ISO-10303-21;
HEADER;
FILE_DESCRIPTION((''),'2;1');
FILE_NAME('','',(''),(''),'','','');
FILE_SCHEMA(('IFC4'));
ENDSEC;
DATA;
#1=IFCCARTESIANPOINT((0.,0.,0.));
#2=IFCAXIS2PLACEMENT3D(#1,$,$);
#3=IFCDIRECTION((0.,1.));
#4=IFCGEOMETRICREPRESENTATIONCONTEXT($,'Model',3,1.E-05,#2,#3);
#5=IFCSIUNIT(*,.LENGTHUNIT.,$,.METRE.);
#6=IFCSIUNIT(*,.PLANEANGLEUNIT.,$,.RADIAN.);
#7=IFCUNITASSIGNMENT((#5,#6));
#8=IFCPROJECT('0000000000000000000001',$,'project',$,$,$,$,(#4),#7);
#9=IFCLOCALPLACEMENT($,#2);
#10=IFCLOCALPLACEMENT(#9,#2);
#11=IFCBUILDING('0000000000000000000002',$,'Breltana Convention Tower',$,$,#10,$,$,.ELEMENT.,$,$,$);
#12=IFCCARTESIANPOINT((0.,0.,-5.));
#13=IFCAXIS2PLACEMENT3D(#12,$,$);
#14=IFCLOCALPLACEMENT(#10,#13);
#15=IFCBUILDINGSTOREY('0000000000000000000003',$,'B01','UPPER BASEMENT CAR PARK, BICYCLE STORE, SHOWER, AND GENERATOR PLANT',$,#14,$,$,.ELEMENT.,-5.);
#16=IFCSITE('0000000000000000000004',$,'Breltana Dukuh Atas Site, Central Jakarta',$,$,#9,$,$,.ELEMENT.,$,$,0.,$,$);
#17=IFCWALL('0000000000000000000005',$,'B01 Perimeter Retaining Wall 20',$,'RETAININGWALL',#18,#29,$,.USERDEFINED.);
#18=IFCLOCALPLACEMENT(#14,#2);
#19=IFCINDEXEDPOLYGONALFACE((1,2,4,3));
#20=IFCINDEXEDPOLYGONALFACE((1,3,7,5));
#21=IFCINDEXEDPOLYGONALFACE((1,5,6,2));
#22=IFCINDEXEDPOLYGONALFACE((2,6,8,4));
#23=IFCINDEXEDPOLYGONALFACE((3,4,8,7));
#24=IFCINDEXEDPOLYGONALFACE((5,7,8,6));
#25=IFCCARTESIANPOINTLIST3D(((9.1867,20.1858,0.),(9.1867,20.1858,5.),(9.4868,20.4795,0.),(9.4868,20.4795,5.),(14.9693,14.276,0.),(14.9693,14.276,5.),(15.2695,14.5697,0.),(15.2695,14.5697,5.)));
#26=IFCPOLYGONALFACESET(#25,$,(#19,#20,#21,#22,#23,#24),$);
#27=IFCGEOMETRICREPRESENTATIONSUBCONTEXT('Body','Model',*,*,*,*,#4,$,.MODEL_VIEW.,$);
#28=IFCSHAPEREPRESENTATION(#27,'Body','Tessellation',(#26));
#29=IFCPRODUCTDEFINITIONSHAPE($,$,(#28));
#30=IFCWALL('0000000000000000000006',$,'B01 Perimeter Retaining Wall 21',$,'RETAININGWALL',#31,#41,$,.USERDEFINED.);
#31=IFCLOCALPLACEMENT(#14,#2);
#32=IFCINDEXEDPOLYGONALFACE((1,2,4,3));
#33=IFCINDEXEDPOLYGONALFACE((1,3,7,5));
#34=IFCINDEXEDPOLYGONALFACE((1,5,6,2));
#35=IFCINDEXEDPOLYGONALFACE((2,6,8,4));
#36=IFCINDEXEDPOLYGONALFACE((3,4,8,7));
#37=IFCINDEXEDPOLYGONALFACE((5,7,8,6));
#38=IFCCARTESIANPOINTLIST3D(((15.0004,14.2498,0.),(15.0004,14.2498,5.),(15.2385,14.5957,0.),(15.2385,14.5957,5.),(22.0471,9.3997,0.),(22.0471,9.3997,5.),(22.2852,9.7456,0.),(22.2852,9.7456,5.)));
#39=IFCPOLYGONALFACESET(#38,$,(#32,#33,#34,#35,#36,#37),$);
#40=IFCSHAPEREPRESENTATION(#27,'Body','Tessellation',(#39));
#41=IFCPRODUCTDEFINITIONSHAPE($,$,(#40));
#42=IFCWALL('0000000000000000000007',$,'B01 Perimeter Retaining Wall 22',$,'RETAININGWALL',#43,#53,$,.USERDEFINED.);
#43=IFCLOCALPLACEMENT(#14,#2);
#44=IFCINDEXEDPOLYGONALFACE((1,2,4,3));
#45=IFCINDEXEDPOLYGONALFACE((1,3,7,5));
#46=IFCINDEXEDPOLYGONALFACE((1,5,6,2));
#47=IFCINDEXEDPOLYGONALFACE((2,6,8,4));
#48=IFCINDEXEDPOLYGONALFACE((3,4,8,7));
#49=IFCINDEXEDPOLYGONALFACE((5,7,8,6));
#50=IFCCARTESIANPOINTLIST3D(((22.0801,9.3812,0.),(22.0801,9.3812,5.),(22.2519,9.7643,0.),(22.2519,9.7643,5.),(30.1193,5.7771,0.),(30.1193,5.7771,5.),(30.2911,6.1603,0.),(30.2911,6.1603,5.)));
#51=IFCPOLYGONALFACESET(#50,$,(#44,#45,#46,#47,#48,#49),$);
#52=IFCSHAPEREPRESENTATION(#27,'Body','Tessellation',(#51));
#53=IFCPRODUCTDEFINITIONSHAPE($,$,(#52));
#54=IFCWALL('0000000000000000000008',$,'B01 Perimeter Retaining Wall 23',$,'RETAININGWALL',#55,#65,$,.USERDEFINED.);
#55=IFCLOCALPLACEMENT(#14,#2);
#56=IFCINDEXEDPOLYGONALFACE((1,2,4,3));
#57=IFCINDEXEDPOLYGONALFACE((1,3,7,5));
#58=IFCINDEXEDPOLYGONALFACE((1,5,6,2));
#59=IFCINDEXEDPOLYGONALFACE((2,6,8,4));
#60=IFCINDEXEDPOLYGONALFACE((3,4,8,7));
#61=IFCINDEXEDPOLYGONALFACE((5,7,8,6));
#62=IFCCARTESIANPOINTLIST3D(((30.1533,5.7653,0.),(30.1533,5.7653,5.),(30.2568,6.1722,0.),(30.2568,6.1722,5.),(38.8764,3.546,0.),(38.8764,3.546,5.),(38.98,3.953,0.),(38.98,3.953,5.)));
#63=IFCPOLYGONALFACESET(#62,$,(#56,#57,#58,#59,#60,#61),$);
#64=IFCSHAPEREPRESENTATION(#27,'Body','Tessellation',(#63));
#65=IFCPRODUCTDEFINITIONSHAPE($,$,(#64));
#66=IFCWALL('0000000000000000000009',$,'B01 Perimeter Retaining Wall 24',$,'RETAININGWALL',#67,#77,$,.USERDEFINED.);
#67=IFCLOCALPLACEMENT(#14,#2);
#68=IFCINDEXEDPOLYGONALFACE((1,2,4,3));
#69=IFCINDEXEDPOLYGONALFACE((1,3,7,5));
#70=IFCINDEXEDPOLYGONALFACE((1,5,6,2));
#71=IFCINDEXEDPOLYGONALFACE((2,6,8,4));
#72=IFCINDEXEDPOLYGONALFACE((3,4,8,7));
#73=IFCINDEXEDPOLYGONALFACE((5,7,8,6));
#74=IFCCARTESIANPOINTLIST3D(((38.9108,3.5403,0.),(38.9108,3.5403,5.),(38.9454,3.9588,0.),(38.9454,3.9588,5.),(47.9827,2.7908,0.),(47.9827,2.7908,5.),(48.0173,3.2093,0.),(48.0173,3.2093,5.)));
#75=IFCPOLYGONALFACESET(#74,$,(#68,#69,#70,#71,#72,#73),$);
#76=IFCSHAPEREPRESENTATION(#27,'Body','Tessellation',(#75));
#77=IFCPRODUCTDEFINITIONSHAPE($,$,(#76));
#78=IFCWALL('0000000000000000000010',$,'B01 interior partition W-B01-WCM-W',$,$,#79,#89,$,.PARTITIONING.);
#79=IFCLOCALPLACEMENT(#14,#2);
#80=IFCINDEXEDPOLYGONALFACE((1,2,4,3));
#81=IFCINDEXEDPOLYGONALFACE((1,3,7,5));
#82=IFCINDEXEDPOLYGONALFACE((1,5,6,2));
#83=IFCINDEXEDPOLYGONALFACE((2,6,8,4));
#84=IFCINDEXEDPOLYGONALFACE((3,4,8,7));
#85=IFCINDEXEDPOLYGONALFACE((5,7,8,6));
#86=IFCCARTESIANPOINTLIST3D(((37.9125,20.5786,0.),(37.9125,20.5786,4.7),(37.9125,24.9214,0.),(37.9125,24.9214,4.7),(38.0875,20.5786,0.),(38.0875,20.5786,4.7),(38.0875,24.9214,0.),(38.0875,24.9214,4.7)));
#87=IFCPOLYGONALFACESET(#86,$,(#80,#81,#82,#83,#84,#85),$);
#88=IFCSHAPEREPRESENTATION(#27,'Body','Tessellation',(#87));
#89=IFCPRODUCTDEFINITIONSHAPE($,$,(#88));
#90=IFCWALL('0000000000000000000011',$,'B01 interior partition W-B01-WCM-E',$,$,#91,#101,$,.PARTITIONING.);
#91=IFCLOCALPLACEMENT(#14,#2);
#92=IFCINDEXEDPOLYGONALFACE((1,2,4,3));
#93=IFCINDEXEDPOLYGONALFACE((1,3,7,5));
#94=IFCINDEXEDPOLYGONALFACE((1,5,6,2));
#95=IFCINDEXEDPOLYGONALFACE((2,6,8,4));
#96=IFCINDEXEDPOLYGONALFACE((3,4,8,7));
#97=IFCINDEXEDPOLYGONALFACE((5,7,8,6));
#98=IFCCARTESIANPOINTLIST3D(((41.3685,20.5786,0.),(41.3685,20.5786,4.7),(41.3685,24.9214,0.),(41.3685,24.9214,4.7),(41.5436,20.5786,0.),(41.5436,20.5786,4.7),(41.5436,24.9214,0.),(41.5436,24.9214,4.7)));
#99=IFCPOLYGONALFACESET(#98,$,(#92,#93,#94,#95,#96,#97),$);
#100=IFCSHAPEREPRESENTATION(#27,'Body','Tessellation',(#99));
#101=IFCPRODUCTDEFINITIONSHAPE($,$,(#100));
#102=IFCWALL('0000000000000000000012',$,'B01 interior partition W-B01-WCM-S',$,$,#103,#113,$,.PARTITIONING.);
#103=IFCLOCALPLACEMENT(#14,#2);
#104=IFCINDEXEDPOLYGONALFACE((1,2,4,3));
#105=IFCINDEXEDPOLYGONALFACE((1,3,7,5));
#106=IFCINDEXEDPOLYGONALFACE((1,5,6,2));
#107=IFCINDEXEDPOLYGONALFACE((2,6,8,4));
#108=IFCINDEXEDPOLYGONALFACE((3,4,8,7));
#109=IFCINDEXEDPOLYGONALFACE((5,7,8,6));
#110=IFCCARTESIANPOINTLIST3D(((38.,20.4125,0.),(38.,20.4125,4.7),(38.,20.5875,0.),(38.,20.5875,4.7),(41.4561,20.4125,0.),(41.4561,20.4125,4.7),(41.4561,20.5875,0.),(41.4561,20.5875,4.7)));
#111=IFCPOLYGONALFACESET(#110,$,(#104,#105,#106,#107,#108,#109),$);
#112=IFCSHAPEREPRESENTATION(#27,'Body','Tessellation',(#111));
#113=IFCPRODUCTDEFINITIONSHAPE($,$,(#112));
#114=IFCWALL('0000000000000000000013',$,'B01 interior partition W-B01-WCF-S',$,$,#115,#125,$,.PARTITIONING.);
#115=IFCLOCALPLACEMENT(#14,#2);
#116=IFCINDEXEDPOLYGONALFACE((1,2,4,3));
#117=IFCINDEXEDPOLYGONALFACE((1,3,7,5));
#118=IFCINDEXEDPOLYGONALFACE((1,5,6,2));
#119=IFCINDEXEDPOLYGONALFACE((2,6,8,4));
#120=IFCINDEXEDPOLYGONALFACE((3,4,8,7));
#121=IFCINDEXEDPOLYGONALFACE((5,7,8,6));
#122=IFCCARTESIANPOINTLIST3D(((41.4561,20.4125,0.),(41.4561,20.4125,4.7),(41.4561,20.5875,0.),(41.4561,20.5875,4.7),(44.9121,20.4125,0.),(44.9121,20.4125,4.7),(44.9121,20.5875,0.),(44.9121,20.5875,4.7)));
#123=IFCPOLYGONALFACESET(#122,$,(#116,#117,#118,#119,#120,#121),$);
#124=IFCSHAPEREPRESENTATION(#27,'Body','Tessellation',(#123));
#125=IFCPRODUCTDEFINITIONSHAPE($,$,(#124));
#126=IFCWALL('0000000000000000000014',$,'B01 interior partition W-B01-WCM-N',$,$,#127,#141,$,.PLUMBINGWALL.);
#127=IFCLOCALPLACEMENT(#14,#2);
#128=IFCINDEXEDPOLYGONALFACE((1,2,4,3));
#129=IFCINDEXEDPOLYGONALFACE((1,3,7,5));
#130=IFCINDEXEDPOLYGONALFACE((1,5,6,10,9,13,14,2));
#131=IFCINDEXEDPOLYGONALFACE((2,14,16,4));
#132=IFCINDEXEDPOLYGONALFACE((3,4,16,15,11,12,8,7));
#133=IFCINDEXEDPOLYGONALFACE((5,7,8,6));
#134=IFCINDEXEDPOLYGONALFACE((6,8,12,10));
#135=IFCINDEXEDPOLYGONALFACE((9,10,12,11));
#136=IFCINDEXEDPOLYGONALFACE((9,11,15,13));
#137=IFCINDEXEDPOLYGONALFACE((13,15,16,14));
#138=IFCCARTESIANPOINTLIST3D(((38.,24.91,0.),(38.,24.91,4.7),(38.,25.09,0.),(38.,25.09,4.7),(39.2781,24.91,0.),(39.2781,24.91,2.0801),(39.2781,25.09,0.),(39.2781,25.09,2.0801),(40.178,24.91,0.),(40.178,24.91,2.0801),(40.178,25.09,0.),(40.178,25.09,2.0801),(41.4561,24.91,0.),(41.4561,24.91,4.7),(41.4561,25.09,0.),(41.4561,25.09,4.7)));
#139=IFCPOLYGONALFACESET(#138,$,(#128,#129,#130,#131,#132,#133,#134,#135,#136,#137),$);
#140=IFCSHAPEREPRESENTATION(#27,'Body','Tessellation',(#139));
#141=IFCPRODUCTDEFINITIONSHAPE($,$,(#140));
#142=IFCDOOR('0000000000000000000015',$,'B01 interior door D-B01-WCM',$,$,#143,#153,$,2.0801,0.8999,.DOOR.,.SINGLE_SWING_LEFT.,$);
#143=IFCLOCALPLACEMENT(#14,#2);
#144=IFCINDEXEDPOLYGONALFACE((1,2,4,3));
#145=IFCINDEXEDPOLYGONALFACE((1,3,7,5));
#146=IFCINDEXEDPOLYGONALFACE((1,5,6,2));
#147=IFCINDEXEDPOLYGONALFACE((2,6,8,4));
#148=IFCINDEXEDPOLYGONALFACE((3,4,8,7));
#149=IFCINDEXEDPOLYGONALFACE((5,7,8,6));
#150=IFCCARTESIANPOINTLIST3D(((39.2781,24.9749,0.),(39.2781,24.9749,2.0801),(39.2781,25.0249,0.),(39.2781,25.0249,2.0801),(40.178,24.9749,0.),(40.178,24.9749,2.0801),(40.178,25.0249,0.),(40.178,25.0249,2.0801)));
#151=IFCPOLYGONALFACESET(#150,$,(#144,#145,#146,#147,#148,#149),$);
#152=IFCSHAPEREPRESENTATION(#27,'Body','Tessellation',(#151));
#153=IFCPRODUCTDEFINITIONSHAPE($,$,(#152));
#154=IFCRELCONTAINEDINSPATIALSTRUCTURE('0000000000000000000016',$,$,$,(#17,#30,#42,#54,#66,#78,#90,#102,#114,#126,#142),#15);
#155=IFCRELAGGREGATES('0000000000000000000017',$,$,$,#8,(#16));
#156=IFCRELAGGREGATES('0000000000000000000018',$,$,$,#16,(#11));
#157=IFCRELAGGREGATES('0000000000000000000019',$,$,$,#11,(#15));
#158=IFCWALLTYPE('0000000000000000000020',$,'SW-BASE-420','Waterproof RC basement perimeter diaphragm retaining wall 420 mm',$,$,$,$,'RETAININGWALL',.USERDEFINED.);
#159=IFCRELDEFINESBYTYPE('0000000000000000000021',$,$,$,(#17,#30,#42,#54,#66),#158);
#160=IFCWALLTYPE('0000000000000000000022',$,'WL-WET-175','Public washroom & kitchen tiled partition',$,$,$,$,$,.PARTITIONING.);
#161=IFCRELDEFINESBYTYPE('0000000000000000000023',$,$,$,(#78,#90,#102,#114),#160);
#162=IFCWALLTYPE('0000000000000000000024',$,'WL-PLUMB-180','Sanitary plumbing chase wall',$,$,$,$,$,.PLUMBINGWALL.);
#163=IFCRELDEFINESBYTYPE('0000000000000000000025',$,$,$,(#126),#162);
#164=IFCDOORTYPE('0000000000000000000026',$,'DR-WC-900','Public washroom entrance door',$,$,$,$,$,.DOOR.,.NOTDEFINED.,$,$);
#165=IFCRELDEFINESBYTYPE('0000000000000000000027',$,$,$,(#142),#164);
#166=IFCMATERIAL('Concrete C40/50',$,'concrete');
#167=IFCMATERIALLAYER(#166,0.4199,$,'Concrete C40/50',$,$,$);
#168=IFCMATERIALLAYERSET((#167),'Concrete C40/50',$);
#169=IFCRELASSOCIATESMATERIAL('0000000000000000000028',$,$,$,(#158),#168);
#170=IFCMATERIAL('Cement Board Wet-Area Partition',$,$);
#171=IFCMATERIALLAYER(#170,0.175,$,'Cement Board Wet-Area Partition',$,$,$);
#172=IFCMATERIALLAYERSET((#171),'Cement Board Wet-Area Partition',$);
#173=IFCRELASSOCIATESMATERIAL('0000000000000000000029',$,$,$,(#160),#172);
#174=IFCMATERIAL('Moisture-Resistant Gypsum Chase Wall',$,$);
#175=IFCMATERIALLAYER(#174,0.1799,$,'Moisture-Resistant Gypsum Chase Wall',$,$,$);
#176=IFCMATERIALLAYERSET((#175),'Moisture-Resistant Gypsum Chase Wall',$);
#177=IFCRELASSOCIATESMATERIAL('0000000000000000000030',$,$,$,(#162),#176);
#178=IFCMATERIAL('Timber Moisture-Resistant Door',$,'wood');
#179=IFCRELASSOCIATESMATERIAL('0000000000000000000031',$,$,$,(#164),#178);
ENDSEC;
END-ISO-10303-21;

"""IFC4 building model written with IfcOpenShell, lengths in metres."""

from ifc_helpers import new_model, si_unit, direction, frame, frame_2d, origin, place, context, subcontext, project, spatial, rectangle, extrude, source, transform, mapped, material, layer, layer_set, type_object, type_shapes, element, fill, save


model = new_model("IFC4")

# Units and contexts
model_context = context("Model", 3, precision=1e-05, world=origin(), true_north=direction((0.0, 1.0)))
body_context = subcontext(model_context, "Body", "Model", "MODEL_VIEW")
ifc_project = project(units=[si_unit("LENGTHUNIT", "METRE"), si_unit("PLANEANGLEUNIT", "RADIAN")], contexts=[model_context])

# Site, building, storey
site_placement = place(None, origin())
site = spatial("IfcSite", under=ifc_project, at=site_placement, Name="Breltana Dukuh Atas Site, Central Jakarta", CompositionType="ELEMENT", RefElevation=0.0)
building_placement = place(site_placement, origin())
building = spatial("IfcBuilding", under=site, at=building_placement, Name="Breltana Convention Tower", CompositionType="ELEMENT")
storey_placement = place(building_placement, frame((0.0, 0.0, -5.0)))
storey = spatial("IfcBuildingStorey", under=building, at=storey_placement, Name="B01", Description="UPPER BASEMENT CAR PARK, BICYCLE STORE, SHOWER, AND GENERATOR PLANT", CompositionType="ELEMENT", Elevation=-5.0)

# Shared definitions
ifc_material_1 = material(Name="Concrete C40/50", Category="concrete")

# Walls
ifc_layer_1 = layer(ifc_material_1, 0.4199, Name="Concrete C40/50")
ifc_layer_set_1 = layer_set([ifc_layer_1], Name="Concrete C40/50")
wall_type_1 = type_object("IfcWallType", Name="SW-BASE-420", Description="Waterproof RC basement perimeter diaphragm retaining wall 420 mm", ElementType="RETAININGWALL", PredefinedType="USERDEFINED", material=ifc_layer_set_1)
shared_shape_1 = source(origin(), body_context, "Body", "SweptSolid", [
    extrude(rectangle(XDim=8.2683, YDim=0.4199, at=frame_2d((4.1343, 0.0))), origin(), (0.0, 0.0, 1.0), 5.0),
])
wall_1_placement = place(storey_placement, frame((9.3367, 20.3328, 0.0), z_axis=(0.0, 0.0, 1.0), x_axis=(0.699373, -0.714757, 0.0)))
element("IfcWall", 1, at=wall_1_placement, inside=storey, type_object=wall_type_1, Name="B01 Perimeter Retaining Wall 20", ObjectType="RETAININGWALL", PredefinedType="USERDEFINED", context=body_context, shape_type="MappedRepresentation", body=[
    mapped(shared_shape_1, transform((0.0, 0.0, 0.0), scale=1.0)),
])
shared_shape_2 = source(origin(), body_context, "Body", "SweptSolid", [
    extrude(rectangle(XDim=8.5544, YDim=0.4199, at=frame_2d((4.2773, 0.0))), origin(), (0.0, 0.0, 1.0), 5.0),
])
wall_2_placement = place(storey_placement, frame((15.1194, 14.4229, 0.0), z_axis=(0.0, 0.0, 1.0), x_axis=(0.82374, -0.566968, 0.0)))
element("IfcWall", 2, at=wall_2_placement, inside=storey, type_object=wall_type_1, Name="B01 Perimeter Retaining Wall 21", ObjectType="RETAININGWALL", PredefinedType="USERDEFINED", context=body_context, shape_type="MappedRepresentation", body=[
    mapped(shared_shape_2, transform((0.0, 0.0, 0.0), scale=1.0)),
])
shared_shape_3 = source(origin(), body_context, "Body", "SweptSolid", [
    extrude(rectangle(XDim=8.8101, YDim=0.4199, at=frame_2d((4.405, 0.0))), origin(), (0.0, 0.0, 1.0), 5.0),
])
wall_3_placement = place(storey_placement, frame((22.166, 9.5728, 0.0), z_axis=(0.0, 0.0, 1.0), x_axis=(0.912497, -0.409083, 0.0)))
element("IfcWall", 3, at=wall_3_placement, inside=storey, type_object=wall_type_1, Name="B01 Perimeter Retaining Wall 22", ObjectType="RETAININGWALL", PredefinedType="USERDEFINED", context=body_context, shape_type="MappedRepresentation", body=[
    mapped(shared_shape_3, transform((0.0, 0.0, 0.0), scale=1.0)),
])
shared_shape_4 = source(origin(), body_context, "Body", "SweptSolid", [
    extrude(rectangle(XDim=9.001, YDim=0.4199, at=frame_2d((4.5005, 0.0))), origin(), (0.0, 0.0, 1.0), 5.0),
])
wall_4_placement = place(storey_placement, frame((30.2051, 5.9688, 0.0), z_axis=(0.0, 0.0, 1.0), x_axis=(0.969129, -0.246554, 0.0)))
element("IfcWall", 4, at=wall_4_placement, inside=storey, type_object=wall_type_1, Name="B01 Perimeter Retaining Wall 23", ObjectType="RETAININGWALL", PredefinedType="USERDEFINED", context=body_context, shape_type="MappedRepresentation", body=[
    mapped(shared_shape_4, transform((0.0, 0.0, 0.0), scale=1.0)),
])
shared_shape_5 = source(origin(), body_context, "Body", "SweptSolid", [
    extrude(rectangle(XDim=9.1028, YDim=0.4199, at=frame_2d((4.5513, 0.0))), origin(), (0.0, 0.0, 1.0), 5.0),
])
wall_5_placement = place(storey_placement, frame((38.9282, 3.7495, 0.0), z_axis=(0.0, 0.0, 1.0), x_axis=(0.996604, -0.08234, 0.0)))
element("IfcWall", 5, at=wall_5_placement, inside=storey, type_object=wall_type_1, Name="B01 Perimeter Retaining Wall 24", ObjectType="RETAININGWALL", PredefinedType="USERDEFINED", context=body_context, shape_type="MappedRepresentation", body=[
    mapped(shared_shape_5, transform((0.0, 0.0, 0.0), scale=1.0)),
])
ifc_material_2 = material(Name="Cement Board Wet-Area Partition")
ifc_layer_2 = layer(ifc_material_2, 0.175, Name="Cement Board Wet-Area Partition")
ifc_layer_set_2 = layer_set([ifc_layer_2], Name="Cement Board Wet-Area Partition")
wall_type_2 = type_object("IfcWallType", Name="WL-WET-175", Description="Public washroom & kitchen tiled partition", PredefinedType="PARTITIONING", material=ifc_layer_set_2)
shared_shape_6 = source(origin(), body_context, "Body", "SweptSolid", [
    extrude(rectangle(XDim=4.3428, YDim=0.175, at=frame_2d((2.1714, 0.0))), origin(), (0.0, 0.0, 1.0), 4.7),
])
for number, where, z_axis, x_axis, name in (
    (6, (38.0, 20.5786, 0.0), (0.0, 0.0, 1.0), (0.0, 1.0, 0.0), "B01 interior partition W-B01-WCM-W"),
    (7, (41.4561, 20.5786, 0.0), (0.0, 0.0, 1.0), (0.0, 1.0, 0.0), "B01 interior partition W-B01-WCM-E"),
):
    element("IfcWall", number, at=place(storey_placement, frame(where, z_axis=z_axis, x_axis=x_axis)), inside=storey, type_object=wall_type_2, Name=name, PredefinedType="PARTITIONING", context=body_context, shape_type="MappedRepresentation", body=[
        mapped(shared_shape_6, transform((0.0, 0.0, 0.0), scale=1.0)),
    ])
shared_shape_7 = source(origin(), body_context, "Body", "SweptSolid", [
    extrude(rectangle(XDim=3.4561, YDim=0.175, at=frame_2d((1.728, 0.0))), origin(), (0.0, 0.0, 1.0), 4.7),
])
for number, where, z_axis, x_axis, name in (
    (8, (38.0, 20.5, 0.0), (0.0, 0.0, 1.0), (1.0, 0.0, 0.0), "B01 interior partition W-B01-WCM-S"),
    (9, (41.4561, 20.5, 0.0), (0.0, 0.0, 1.0), (1.0, 0.0, 0.0), "B01 interior partition W-B01-WCF-S"),
):
    element("IfcWall", number, at=place(storey_placement, frame(where, z_axis=z_axis, x_axis=x_axis)), inside=storey, type_object=wall_type_2, Name=name, PredefinedType="PARTITIONING", context=body_context, shape_type="MappedRepresentation", body=[
        mapped(shared_shape_7, transform((0.0, 0.0, 0.0), scale=1.0)),
    ])

# Wall, opening, door
ifc_material_3 = material(Name="Moisture-Resistant Gypsum Chase Wall")
ifc_layer_3 = layer(ifc_material_3, 0.1799, Name="Moisture-Resistant Gypsum Chase Wall")
ifc_layer_set_3 = layer_set([ifc_layer_3], Name="Moisture-Resistant Gypsum Chase Wall")
wall_type_3 = type_object("IfcWallType", Name="WL-PLUMB-180", Description="Sanitary plumbing chase wall", PredefinedType="PLUMBINGWALL", material=ifc_layer_set_3)
shared_shape_8 = source(origin(), body_context, "Body", "SweptSolid", [
    extrude(rectangle(XDim=3.4561, YDim=0.1799, at=frame_2d((1.728, 0.0))), origin(), (0.0, 0.0, 1.0), 4.7),
])
wall_6_placement = place(storey_placement, frame((38.0, 25.0, 0.0), z_axis=(0.0, 0.0, 1.0), x_axis=(1.0, 0.0, 0.0)))
wall_6 = element("IfcWall", 10, at=wall_6_placement, inside=storey, type_object=wall_type_3, Name="B01 interior partition W-B01-WCM-N", PredefinedType="PLUMBINGWALL", context=body_context, shape_type="MappedRepresentation", body=[
    mapped(shared_shape_8, transform((0.0, 0.0, 0.0), scale=1.0)),
])
opening_placement = place(wall_6_placement, frame((1.2781, 0.0, 0.0)))
opening = element("IfcOpeningElement", 11, at=opening_placement, cuts=wall_6, PredefinedType="OPENING", context=body_context, shape_type="SweptSolid", body=[
    extrude(rectangle(XDim=0.8999, YDim=2.0801, at=frame_2d((0.45, 1.04))), frame((0.0, 0.1001, 0.0), z_axis=(0.0, -1.0, 0.0), x_axis=(1.0, 0.0, 0.0)), (0.0, 0.0, 1.0), 0.2),
])
ifc_material_4 = material(Name="Timber Moisture-Resistant Door", Category="wood")
door_type = type_object("IfcDoorType", Name="DR-WC-900", Description="Public washroom entrance door", OperationType="NOTDEFINED", PredefinedType="DOOR", material=ifc_material_4)
shared_shape_9 = source(origin(), body_context, "Body", "SweptSolid", [
    extrude(rectangle(XDim=0.8999, YDim=2.0801, at=frame_2d((0.45, 1.04))), frame((0.0, 0.0249, 0.0), z_axis=(0.0, -1.0, 0.0), x_axis=(1.0, 0.0, 0.0)), (0.0, 0.0, 1.0), 0.05),
])
type_shapes(door_type, [shared_shape_9])
door_placement = place(opening_placement, origin())
door = element("IfcDoor", 12, at=door_placement, inside=storey, type_object=door_type, Name="B01 interior door D-B01-WCM", OperationType="SINGLE_SWING_LEFT", OverallHeight=2.0801, OverallWidth=0.8999, PredefinedType="DOOR", context=body_context, shape_type="MappedRepresentation", body=[
    mapped(shared_shape_9, transform((0.0, 0.0, 0.0), scale=1.0)),
])
fill(opening, door)

save(model, "model.ifc")
